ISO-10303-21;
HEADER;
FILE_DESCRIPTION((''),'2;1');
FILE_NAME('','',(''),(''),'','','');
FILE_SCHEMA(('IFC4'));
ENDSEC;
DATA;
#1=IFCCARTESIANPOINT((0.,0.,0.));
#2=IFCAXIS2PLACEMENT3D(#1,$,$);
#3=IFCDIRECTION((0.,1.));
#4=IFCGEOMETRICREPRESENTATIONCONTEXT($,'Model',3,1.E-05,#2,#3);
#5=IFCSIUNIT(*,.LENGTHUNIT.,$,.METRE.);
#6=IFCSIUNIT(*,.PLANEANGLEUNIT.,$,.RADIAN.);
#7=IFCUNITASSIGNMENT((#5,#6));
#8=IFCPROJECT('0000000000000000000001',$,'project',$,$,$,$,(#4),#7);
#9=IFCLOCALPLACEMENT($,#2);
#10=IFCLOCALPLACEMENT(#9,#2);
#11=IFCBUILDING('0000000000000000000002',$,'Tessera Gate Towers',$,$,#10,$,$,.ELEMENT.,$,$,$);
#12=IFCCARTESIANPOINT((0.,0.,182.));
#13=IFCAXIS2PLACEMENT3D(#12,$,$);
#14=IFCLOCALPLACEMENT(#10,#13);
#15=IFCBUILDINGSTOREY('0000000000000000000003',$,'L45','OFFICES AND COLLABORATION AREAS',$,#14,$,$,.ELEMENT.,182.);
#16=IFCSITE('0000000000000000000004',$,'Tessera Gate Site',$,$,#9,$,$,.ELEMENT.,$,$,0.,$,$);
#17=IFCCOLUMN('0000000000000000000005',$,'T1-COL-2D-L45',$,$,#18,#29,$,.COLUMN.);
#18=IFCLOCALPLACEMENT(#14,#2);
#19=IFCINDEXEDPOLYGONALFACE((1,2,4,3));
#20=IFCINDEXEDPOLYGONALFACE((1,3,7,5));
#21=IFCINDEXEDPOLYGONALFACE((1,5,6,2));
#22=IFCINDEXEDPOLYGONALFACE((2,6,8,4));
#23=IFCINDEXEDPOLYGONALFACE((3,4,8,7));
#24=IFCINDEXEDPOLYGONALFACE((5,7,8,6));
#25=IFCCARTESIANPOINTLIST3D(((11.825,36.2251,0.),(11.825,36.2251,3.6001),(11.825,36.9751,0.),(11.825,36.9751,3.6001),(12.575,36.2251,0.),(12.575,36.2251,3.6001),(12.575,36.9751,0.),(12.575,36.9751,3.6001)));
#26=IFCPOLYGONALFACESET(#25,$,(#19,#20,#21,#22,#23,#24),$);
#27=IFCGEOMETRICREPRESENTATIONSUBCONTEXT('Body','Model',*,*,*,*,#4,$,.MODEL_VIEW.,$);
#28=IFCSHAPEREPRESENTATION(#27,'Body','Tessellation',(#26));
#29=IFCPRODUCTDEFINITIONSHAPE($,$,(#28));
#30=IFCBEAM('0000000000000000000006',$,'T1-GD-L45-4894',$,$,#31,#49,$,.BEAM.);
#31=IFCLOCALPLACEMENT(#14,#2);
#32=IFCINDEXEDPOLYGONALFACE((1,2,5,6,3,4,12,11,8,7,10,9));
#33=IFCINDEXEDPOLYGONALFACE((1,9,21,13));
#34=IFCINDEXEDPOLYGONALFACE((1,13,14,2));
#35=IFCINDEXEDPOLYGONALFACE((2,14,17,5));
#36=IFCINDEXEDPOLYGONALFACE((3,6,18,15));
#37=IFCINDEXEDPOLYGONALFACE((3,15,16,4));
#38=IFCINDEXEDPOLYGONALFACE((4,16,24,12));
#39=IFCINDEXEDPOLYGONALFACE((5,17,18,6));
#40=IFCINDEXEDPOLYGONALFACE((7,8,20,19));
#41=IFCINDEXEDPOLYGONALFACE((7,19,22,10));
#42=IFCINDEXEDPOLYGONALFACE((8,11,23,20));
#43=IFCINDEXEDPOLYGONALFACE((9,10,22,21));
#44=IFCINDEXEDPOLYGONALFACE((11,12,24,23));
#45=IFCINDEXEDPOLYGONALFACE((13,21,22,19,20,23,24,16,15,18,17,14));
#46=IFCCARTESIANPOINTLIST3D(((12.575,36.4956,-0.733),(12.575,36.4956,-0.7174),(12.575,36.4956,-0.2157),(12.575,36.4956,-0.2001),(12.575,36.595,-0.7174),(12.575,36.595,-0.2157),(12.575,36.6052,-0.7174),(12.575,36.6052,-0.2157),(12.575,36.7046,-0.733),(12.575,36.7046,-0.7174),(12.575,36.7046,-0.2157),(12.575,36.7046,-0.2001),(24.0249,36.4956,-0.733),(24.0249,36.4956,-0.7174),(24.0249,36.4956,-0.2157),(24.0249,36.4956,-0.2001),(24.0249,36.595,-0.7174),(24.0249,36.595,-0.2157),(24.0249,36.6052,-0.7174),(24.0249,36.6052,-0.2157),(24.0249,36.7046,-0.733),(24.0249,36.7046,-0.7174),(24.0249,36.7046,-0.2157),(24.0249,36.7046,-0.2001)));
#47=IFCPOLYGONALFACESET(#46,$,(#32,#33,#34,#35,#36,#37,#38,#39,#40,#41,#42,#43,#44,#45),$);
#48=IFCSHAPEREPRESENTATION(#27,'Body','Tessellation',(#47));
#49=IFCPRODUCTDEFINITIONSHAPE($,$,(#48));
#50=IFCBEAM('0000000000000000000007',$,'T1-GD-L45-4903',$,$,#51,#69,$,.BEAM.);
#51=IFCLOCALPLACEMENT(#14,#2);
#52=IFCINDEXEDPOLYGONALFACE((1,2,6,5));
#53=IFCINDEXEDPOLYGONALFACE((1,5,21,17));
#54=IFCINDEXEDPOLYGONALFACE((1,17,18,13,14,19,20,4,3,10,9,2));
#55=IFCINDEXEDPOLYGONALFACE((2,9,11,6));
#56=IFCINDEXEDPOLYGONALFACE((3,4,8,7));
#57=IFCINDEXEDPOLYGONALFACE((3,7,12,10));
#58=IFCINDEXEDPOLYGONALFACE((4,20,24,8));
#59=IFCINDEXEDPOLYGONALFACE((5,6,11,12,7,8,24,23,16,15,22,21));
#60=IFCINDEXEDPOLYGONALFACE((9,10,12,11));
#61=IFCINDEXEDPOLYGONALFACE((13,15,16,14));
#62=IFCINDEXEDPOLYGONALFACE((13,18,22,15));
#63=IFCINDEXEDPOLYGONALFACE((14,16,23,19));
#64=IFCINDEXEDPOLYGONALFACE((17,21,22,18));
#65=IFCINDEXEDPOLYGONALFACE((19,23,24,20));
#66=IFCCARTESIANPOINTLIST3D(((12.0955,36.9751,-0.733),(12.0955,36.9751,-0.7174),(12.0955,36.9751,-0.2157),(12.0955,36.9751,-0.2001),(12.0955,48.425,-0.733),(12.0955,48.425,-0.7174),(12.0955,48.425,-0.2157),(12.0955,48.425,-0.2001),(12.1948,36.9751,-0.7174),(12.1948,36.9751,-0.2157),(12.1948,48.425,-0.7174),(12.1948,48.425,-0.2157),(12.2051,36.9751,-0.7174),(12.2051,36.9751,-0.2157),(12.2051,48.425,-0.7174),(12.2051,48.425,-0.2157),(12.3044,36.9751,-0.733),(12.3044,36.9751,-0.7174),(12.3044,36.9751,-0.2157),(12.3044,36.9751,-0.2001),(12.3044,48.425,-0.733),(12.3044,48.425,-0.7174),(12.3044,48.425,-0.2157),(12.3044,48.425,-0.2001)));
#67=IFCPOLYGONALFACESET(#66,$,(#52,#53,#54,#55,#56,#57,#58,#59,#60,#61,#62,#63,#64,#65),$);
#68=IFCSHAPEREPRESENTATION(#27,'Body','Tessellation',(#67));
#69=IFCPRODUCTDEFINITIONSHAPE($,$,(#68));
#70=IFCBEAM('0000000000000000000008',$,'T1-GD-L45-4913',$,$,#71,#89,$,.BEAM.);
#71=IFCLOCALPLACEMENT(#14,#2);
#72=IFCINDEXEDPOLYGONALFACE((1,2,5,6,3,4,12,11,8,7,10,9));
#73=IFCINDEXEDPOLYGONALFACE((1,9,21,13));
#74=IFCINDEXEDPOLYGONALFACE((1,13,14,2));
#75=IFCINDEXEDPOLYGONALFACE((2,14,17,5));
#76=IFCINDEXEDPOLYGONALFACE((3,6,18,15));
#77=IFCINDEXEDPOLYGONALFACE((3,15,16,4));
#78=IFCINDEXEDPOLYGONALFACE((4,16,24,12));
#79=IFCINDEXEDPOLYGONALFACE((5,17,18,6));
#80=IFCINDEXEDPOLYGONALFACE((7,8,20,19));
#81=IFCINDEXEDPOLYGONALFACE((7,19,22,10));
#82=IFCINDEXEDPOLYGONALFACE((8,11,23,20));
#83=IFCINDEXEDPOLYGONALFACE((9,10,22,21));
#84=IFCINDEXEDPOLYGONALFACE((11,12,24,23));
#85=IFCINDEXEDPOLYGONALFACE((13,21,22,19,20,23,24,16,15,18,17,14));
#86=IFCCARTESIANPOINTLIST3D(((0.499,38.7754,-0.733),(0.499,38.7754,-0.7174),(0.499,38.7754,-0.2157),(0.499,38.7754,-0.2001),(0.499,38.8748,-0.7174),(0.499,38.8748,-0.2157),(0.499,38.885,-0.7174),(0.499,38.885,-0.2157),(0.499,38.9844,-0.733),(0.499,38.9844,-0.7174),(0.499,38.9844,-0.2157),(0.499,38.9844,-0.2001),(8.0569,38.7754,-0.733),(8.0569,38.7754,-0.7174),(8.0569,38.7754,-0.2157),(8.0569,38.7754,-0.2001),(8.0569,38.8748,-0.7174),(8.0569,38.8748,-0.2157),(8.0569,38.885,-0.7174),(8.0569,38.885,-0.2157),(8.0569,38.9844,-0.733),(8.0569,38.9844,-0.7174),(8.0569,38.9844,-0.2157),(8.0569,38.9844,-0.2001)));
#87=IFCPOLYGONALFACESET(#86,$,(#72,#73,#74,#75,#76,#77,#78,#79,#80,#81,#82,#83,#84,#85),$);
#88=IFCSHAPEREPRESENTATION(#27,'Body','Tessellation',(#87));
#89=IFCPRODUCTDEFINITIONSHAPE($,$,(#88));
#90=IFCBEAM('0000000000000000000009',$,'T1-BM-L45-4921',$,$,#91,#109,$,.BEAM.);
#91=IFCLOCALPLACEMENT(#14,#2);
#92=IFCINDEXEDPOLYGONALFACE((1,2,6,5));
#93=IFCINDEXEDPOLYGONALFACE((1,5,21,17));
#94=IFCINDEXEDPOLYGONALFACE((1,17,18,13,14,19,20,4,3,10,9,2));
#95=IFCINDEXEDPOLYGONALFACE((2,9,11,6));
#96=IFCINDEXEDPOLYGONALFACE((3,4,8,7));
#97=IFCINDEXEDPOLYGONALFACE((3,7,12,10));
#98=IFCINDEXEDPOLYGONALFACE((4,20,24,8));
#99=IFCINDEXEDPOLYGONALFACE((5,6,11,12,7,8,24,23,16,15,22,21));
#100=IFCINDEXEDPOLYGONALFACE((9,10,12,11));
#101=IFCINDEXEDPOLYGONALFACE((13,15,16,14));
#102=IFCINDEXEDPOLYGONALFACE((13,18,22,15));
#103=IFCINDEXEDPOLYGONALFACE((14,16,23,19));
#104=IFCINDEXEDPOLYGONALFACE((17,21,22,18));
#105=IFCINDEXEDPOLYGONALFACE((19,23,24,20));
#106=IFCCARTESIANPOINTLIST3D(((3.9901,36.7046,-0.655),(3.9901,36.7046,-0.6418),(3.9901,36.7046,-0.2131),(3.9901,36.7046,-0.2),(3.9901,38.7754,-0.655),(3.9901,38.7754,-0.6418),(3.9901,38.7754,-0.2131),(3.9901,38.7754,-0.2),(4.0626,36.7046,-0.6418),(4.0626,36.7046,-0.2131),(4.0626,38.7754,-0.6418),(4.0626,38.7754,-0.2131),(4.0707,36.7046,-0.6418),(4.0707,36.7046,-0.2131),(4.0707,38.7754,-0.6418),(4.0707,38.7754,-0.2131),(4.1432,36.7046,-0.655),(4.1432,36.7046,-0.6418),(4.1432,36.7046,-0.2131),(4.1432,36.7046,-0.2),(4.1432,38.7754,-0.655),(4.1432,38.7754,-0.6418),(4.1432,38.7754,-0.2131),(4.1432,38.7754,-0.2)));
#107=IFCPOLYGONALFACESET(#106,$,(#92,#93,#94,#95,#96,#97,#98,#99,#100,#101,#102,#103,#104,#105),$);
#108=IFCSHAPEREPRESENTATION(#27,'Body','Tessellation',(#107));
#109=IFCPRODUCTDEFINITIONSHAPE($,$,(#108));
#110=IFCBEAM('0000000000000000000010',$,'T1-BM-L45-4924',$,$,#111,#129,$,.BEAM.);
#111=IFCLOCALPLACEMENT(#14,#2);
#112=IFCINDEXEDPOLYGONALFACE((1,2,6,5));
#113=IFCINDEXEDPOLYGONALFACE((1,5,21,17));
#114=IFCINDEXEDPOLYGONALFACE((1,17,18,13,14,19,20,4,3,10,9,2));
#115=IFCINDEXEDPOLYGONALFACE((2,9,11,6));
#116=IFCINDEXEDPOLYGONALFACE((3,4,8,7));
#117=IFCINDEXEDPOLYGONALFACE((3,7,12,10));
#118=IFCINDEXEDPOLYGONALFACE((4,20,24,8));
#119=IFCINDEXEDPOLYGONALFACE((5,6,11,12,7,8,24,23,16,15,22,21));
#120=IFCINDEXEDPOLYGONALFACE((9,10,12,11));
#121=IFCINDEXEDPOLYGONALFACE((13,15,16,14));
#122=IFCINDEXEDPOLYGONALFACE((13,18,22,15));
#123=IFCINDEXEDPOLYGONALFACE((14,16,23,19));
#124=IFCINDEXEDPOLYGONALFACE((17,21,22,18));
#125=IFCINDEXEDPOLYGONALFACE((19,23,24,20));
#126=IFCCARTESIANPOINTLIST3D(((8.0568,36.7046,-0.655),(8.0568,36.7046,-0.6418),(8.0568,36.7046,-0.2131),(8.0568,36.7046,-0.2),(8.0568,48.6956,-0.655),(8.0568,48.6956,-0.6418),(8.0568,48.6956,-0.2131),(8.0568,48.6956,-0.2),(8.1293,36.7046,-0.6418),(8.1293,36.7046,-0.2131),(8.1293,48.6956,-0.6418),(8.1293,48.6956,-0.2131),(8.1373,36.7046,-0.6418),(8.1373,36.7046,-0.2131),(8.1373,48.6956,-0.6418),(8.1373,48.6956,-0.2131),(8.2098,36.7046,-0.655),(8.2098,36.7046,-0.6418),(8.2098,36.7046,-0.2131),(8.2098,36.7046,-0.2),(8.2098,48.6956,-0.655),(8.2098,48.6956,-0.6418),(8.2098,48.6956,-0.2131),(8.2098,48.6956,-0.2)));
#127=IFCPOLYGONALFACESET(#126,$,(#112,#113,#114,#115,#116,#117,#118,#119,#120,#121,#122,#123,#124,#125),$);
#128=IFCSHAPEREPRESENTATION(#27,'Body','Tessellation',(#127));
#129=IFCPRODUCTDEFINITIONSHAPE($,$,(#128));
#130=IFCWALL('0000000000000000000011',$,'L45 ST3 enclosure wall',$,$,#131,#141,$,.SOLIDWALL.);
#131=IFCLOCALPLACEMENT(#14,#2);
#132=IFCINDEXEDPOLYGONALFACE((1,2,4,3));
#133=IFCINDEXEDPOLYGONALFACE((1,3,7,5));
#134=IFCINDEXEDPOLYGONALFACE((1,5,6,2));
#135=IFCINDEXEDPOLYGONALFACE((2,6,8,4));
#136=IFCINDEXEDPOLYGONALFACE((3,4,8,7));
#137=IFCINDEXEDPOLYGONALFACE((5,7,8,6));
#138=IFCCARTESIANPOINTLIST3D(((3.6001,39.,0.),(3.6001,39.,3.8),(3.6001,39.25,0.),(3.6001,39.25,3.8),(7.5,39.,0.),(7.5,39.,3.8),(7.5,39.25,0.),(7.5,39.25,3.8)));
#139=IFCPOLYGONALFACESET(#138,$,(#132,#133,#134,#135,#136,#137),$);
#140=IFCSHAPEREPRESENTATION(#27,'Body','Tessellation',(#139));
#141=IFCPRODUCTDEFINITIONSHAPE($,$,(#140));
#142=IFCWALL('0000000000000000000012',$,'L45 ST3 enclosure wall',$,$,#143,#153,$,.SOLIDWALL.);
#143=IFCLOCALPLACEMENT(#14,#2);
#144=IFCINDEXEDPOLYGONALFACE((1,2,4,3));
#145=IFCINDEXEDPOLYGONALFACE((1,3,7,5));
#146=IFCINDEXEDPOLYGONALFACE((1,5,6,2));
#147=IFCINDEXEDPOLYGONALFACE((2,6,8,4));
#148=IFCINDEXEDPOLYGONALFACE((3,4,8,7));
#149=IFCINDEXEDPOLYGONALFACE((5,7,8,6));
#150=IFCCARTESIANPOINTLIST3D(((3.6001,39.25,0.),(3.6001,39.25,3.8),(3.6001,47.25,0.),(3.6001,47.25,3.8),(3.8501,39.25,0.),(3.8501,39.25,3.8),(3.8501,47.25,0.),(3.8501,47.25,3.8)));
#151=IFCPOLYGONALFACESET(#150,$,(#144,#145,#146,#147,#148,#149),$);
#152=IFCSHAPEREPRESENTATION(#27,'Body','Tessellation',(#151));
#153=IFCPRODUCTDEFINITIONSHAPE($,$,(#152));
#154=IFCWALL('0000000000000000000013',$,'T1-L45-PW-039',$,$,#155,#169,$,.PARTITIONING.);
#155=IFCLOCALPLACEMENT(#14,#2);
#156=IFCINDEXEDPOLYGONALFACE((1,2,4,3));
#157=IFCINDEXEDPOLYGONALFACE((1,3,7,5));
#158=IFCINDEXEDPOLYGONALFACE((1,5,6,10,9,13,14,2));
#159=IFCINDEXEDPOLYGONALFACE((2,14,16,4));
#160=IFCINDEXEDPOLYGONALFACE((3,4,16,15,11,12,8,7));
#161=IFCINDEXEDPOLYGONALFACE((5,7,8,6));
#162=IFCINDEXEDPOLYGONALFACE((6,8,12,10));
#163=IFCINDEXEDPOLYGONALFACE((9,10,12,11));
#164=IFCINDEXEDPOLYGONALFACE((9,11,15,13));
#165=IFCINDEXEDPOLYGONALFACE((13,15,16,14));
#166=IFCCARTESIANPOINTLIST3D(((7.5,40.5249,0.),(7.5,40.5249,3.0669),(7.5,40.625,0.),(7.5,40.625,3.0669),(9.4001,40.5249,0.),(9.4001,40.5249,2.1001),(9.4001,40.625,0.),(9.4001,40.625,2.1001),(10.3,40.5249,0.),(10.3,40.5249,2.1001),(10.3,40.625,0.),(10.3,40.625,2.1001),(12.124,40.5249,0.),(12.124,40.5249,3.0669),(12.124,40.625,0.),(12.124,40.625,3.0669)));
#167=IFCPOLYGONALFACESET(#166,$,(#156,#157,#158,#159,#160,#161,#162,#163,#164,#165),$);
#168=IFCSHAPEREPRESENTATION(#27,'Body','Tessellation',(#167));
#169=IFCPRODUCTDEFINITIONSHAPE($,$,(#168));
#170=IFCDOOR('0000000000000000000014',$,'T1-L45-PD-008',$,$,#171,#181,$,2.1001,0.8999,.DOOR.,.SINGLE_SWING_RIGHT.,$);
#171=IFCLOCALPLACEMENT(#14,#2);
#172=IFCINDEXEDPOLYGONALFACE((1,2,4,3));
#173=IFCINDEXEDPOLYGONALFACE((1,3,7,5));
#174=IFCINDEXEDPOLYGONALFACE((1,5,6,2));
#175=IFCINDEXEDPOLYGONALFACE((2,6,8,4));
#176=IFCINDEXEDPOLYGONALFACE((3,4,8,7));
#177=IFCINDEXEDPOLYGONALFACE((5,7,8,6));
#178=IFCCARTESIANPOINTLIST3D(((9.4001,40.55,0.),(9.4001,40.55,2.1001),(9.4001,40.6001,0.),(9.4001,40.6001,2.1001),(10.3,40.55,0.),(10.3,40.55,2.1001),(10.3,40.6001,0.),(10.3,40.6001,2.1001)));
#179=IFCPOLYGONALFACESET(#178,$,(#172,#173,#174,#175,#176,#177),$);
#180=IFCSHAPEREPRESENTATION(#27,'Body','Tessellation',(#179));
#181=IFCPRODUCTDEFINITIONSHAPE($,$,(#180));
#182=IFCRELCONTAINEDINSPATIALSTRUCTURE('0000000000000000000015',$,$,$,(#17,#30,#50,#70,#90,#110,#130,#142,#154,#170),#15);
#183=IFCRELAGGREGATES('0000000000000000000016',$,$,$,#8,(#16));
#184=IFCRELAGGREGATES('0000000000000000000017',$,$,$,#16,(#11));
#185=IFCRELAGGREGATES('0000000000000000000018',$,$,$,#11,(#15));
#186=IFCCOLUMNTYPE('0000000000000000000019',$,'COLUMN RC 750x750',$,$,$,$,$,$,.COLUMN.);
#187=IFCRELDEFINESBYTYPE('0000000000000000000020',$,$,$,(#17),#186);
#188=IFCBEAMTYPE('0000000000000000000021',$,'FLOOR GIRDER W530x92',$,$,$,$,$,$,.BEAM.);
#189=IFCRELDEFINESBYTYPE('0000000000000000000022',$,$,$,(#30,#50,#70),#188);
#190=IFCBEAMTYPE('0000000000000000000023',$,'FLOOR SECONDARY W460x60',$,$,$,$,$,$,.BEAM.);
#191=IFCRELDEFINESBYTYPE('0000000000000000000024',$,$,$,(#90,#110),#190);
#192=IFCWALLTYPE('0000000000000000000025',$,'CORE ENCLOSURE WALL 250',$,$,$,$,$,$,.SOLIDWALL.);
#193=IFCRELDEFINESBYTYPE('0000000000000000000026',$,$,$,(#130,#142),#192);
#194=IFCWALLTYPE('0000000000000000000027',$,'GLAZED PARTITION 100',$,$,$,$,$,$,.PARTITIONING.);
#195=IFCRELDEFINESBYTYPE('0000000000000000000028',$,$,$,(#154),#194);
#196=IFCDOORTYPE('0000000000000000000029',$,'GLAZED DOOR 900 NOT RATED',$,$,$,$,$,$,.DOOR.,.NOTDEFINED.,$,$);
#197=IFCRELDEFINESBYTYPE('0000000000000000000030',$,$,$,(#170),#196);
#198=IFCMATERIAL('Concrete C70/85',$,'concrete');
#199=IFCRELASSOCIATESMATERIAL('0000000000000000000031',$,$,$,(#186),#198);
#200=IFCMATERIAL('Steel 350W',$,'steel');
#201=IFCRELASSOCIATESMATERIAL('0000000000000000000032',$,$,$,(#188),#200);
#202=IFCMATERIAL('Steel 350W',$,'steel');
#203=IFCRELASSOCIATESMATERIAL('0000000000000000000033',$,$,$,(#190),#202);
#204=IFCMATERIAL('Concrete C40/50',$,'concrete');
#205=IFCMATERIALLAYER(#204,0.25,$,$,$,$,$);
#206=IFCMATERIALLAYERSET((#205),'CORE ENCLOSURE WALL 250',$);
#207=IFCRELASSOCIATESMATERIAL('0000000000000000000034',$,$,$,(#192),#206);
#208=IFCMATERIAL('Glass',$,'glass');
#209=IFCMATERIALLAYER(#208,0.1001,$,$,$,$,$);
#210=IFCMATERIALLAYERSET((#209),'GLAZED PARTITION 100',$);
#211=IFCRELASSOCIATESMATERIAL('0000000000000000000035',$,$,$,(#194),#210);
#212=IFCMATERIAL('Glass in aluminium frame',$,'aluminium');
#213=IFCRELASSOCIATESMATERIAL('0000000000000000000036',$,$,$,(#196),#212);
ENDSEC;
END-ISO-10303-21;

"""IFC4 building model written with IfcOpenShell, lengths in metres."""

from ifc_helpers import new_model, si_unit, direction, frame, frame_2d, origin, origin_2d, place, context, subcontext, project, spatial, rectangle, i_section, extrude, source, transform, mapped, material, layer, layer_set, material_profile, profile_set, type_object, element, fill, save


model = new_model("IFC4")

# Units and contexts
model_context = context("Model", 3, precision=1e-05, world=origin(), true_north=direction((0.0, 1.0)))
body_context = subcontext(model_context, "Body", "Model", "MODEL_VIEW")
ifc_project = project(units=[si_unit("LENGTHUNIT", "METRE"), si_unit("PLANEANGLEUNIT", "RADIAN")], contexts=[model_context])

# Site, building, storey
site_placement = place(None, origin())
site = spatial("IfcSite", under=ifc_project, at=site_placement, Name="Tessera Gate Site", CompositionType="ELEMENT", RefElevation=0.0)
building_placement = place(site_placement, origin())
building = spatial("IfcBuilding", under=site, at=building_placement, Name="Tessera Gate Towers", CompositionType="ELEMENT")
storey_placement = place(building_placement, frame((0.0, 0.0, 182.0)))
storey = spatial("IfcBuildingStorey", under=building, at=storey_placement, Name="L45", Description="OFFICES AND COLLABORATION AREAS", CompositionType="ELEMENT", Elevation=182.0)

# Column
ifc_material_1 = material(Name="Concrete C70/85", Category="concrete")
ifc_material_profile_1 = material_profile(ifc_material_1, rectangle(XDim=0.75, YDim=0.75, at=origin_2d()), Name="RC 750x750")
ifc_profile_set_1 = profile_set([ifc_material_profile_1], Name="Concrete C70/85")
column_type = type_object("IfcColumnType", Name="COLUMN RC 750x750", PredefinedType="COLUMN", material=ifc_profile_set_1)
column_placement = place(storey_placement, frame((12.2, 36.6001, 0.0), z_axis=(0.0, 0.0, 1.0), x_axis=(1.0, 0.0, 0.0)))
element("IfcColumn", 1, at=column_placement, inside=storey, type_object=column_type, Name="T1-COL-2D-L45", PredefinedType="COLUMN", context=body_context, shape_type="SweptSolid", body=[
    extrude(rectangle(XDim=0.75, YDim=0.75, at=origin_2d()), origin(), (0.0, 0.0, 1.0), 3.6001),
])

# Beams
ifc_material_2 = material(Name="Steel 350W", Category="steel")
ifc_material_profile_2 = material_profile(ifc_material_2, i_section(OverallWidth=0.209, OverallDepth=0.533, WebThickness=0.0103, FlangeThickness=0.0156, at=origin_2d()), Name="W530x92")
ifc_profile_set_2 = profile_set([ifc_material_profile_2], Name="Steel 350W")
beam_type_1 = type_object("IfcBeamType", Name="FLOOR GIRDER W530x92", PredefinedType="BEAM", material=ifc_profile_set_2)
for number, where, z_axis, x_axis, name in (
    (2, (12.575, 36.6001, -0.4666), (1.0, 0.0, 0.0), (0.0, 1.0, 0.0), "T1-GD-L45-4894"),
    (3, (12.2, 36.9751, -0.4666), (0.0, 1.0, 0.0), (-1.0, 0.0, 0.0), "T1-GD-L45-4903"),
):
    element("IfcBeam", number, at=place(storey_placement, frame(where, z_axis=z_axis, x_axis=x_axis)), inside=storey, type_object=beam_type_1, Name=name, PredefinedType="BEAM", context=body_context, shape_type="SweptSolid", body=[
        extrude(i_section(OverallWidth=0.209, OverallDepth=0.533, WebThickness=0.0103, FlangeThickness=0.0156, at=origin_2d()), origin(), (0.0, 0.0, 1.0), 11.45),
    ])
beam_1_placement = place(storey_placement, frame((0.499, 38.8799, -0.4666), z_axis=(1.0, 0.0, 0.0), x_axis=(0.0, 1.0, 0.0)))
element("IfcBeam", 4, at=beam_1_placement, inside=storey, type_object=beam_type_1, Name="T1-GD-L45-4913", PredefinedType="BEAM", context=body_context, shape_type="SweptSolid", body=[
    extrude(i_section(OverallWidth=0.209, OverallDepth=0.533, WebThickness=0.0103, FlangeThickness=0.0156, at=origin_2d()), origin(), (0.0, 0.0, 1.0), 7.5579),
])
ifc_material_3 = material(Name="Steel 350W", Category="steel")
ifc_material_profile_3 = material_profile(ifc_material_3, i_section(OverallWidth=0.1531, OverallDepth=0.4551, WebThickness=0.0081, FlangeThickness=0.0132, at=origin_2d()), Name="W460x60")
ifc_profile_set_3 = profile_set([ifc_material_profile_3], Name="Steel 350W")
beam_type_2 = type_object("IfcBeamType", Name="FLOOR SECONDARY W460x60", PredefinedType="BEAM", material=ifc_profile_set_3)
beam_2_placement = place(storey_placement, frame((4.0667, 36.7046, -0.4275), z_axis=(0.0, 1.0, 0.0), x_axis=(-1.0, 0.0, 0.0)))
element("IfcBeam", 5, at=beam_2_placement, inside=storey, type_object=beam_type_2, Name="T1-BM-L45-4921", PredefinedType="BEAM", context=body_context, shape_type="SweptSolid", body=[
    extrude(i_section(OverallWidth=0.1531, OverallDepth=0.4551, WebThickness=0.0081, FlangeThickness=0.0132, at=origin_2d()), origin(), (0.0, 0.0, 1.0), 2.0708),
])
beam_3_placement = place(storey_placement, frame((8.1333, 36.7046, -0.4275), z_axis=(0.0, 1.0, 0.0), x_axis=(-1.0, 0.0, 0.0)))
element("IfcBeam", 6, at=beam_3_placement, inside=storey, type_object=beam_type_2, Name="T1-BM-L45-4924", PredefinedType="BEAM", context=body_context, shape_type="SweptSolid", body=[
    extrude(i_section(OverallWidth=0.1531, OverallDepth=0.4551, WebThickness=0.0081, FlangeThickness=0.0132, at=origin_2d()), origin(), (0.0, 0.0, 1.0), 11.991),
])

# Walls
ifc_material_4 = material(Name="Concrete C40/50", Category="concrete")
ifc_layer_1 = layer(ifc_material_4, 0.25)
ifc_layer_set_1 = layer_set([ifc_layer_1], Name="CORE ENCLOSURE WALL 250")
wall_type_1 = type_object("IfcWallType", Name="CORE ENCLOSURE WALL 250", PredefinedType="SOLIDWALL", material=ifc_layer_set_1)
wall_1_placement = place(storey_placement, frame((7.5, 39.125, 0.0), z_axis=(0.0, 0.0, 1.0), x_axis=(-1.0, 0.0, 0.0)))
element("IfcWall", 7, at=wall_1_placement, inside=storey, type_object=wall_type_1, Name="L45 ST3 enclosure wall", PredefinedType="SOLIDWALL", context=body_context, shape_type="SweptSolid", body=[
    extrude(rectangle(XDim=3.8999, YDim=0.25, at=frame_2d((1.95, 0.0))), origin(), (0.0, 0.0, 1.0), 3.8),
])
wall_2_placement = place(storey_placement, frame((3.7251, 39.25, 0.0), z_axis=(0.0, 0.0, 1.0), x_axis=(0.0, 1.0, 0.0)))
element("IfcWall", 8, at=wall_2_placement, inside=storey, type_object=wall_type_1, Name="L45 ST3 enclosure wall", PredefinedType="SOLIDWALL", context=body_context, shape_type="SweptSolid", body=[
    extrude(rectangle(XDim=8.0, YDim=0.25, at=frame_2d((4.0, 0.0))), origin(), (0.0, 0.0, 1.0), 3.8),
])

# Wall, opening, door
ifc_material_5 = material(Name="Glass", Category="glass")
ifc_layer_2 = layer(ifc_material_5, 0.1001)
ifc_layer_set_2 = layer_set([ifc_layer_2], Name="GLAZED PARTITION 100")
wall_type_2 = type_object("IfcWallType", Name="GLAZED PARTITION 100", PredefinedType="PARTITIONING", material=ifc_layer_set_2)
wall_3_placement = place(storey_placement, frame((12.124, 40.575, 0.0), z_axis=(0.0, 0.0, 1.0), x_axis=(-1.0, 0.0, 0.0)))
wall_3 = element("IfcWall", 9, at=wall_3_placement, inside=storey, type_object=wall_type_2, Name="T1-L45-PW-039", PredefinedType="PARTITIONING", context=body_context, shape_type="SweptSolid", body=[
    extrude(rectangle(XDim=4.624, YDim=0.1001, at=frame_2d((2.312, 0.0))), origin(), (0.0, 0.0, 1.0), 3.0669),
])
shared_shape_1 = source(origin(), body_context, "Body", "SweptSolid", [
    extrude(rectangle(XDim=0.8999, YDim=2.1001, at=frame_2d((0.45, 1.05))), frame((0.0, 0.0601, 0.0), z_axis=(0.0, -1.0, 0.0), x_axis=(1.0, 0.0, 0.0)), (0.0, 0.0, 1.0), 0.1201),
])
opening_placement = place(wall_3_placement, frame((1.824, 0.0, 0.0)))
opening = element("IfcOpeningElement", 10, at=opening_placement, cuts=wall_3, PredefinedType="OPENING", context=body_context, shape_type="MappedRepresentation", body=[
    mapped(shared_shape_1, transform((0.0, 0.0, 0.0), scale=1.0)),
])
ifc_material_6 = material(Name="Glass in aluminium frame", Category="aluminium")
door_type = type_object("IfcDoorType", Name="GLAZED DOOR 900 NOT RATED", OperationType="NOTDEFINED", PredefinedType="DOOR", material=ifc_material_6)
shared_shape_2 = source(origin(), body_context, "Body", "SweptSolid", [
    extrude(rectangle(XDim=0.8999, YDim=2.1001, at=frame_2d((0.45, 1.05))), frame((0.0, 0.0249, 0.0), z_axis=(0.0, -1.0, 0.0), x_axis=(1.0, 0.0, 0.0)), (0.0, 0.0, 1.0), 0.05),
])
door_placement = place(opening_placement, origin())
door = element("IfcDoor", 11, at=door_placement, inside=storey, type_object=door_type, Name="T1-L45-PD-008", OperationType="SINGLE_SWING_RIGHT", OverallHeight=2.1001, OverallWidth=0.8999, PredefinedType="DOOR", context=body_context, shape_type="MappedRepresentation", body=[
    mapped(shared_shape_2, transform((0.0, 0.0, 0.0), scale=1.0)),
])
fill(opening, door)

save(model, "model.ifc")
